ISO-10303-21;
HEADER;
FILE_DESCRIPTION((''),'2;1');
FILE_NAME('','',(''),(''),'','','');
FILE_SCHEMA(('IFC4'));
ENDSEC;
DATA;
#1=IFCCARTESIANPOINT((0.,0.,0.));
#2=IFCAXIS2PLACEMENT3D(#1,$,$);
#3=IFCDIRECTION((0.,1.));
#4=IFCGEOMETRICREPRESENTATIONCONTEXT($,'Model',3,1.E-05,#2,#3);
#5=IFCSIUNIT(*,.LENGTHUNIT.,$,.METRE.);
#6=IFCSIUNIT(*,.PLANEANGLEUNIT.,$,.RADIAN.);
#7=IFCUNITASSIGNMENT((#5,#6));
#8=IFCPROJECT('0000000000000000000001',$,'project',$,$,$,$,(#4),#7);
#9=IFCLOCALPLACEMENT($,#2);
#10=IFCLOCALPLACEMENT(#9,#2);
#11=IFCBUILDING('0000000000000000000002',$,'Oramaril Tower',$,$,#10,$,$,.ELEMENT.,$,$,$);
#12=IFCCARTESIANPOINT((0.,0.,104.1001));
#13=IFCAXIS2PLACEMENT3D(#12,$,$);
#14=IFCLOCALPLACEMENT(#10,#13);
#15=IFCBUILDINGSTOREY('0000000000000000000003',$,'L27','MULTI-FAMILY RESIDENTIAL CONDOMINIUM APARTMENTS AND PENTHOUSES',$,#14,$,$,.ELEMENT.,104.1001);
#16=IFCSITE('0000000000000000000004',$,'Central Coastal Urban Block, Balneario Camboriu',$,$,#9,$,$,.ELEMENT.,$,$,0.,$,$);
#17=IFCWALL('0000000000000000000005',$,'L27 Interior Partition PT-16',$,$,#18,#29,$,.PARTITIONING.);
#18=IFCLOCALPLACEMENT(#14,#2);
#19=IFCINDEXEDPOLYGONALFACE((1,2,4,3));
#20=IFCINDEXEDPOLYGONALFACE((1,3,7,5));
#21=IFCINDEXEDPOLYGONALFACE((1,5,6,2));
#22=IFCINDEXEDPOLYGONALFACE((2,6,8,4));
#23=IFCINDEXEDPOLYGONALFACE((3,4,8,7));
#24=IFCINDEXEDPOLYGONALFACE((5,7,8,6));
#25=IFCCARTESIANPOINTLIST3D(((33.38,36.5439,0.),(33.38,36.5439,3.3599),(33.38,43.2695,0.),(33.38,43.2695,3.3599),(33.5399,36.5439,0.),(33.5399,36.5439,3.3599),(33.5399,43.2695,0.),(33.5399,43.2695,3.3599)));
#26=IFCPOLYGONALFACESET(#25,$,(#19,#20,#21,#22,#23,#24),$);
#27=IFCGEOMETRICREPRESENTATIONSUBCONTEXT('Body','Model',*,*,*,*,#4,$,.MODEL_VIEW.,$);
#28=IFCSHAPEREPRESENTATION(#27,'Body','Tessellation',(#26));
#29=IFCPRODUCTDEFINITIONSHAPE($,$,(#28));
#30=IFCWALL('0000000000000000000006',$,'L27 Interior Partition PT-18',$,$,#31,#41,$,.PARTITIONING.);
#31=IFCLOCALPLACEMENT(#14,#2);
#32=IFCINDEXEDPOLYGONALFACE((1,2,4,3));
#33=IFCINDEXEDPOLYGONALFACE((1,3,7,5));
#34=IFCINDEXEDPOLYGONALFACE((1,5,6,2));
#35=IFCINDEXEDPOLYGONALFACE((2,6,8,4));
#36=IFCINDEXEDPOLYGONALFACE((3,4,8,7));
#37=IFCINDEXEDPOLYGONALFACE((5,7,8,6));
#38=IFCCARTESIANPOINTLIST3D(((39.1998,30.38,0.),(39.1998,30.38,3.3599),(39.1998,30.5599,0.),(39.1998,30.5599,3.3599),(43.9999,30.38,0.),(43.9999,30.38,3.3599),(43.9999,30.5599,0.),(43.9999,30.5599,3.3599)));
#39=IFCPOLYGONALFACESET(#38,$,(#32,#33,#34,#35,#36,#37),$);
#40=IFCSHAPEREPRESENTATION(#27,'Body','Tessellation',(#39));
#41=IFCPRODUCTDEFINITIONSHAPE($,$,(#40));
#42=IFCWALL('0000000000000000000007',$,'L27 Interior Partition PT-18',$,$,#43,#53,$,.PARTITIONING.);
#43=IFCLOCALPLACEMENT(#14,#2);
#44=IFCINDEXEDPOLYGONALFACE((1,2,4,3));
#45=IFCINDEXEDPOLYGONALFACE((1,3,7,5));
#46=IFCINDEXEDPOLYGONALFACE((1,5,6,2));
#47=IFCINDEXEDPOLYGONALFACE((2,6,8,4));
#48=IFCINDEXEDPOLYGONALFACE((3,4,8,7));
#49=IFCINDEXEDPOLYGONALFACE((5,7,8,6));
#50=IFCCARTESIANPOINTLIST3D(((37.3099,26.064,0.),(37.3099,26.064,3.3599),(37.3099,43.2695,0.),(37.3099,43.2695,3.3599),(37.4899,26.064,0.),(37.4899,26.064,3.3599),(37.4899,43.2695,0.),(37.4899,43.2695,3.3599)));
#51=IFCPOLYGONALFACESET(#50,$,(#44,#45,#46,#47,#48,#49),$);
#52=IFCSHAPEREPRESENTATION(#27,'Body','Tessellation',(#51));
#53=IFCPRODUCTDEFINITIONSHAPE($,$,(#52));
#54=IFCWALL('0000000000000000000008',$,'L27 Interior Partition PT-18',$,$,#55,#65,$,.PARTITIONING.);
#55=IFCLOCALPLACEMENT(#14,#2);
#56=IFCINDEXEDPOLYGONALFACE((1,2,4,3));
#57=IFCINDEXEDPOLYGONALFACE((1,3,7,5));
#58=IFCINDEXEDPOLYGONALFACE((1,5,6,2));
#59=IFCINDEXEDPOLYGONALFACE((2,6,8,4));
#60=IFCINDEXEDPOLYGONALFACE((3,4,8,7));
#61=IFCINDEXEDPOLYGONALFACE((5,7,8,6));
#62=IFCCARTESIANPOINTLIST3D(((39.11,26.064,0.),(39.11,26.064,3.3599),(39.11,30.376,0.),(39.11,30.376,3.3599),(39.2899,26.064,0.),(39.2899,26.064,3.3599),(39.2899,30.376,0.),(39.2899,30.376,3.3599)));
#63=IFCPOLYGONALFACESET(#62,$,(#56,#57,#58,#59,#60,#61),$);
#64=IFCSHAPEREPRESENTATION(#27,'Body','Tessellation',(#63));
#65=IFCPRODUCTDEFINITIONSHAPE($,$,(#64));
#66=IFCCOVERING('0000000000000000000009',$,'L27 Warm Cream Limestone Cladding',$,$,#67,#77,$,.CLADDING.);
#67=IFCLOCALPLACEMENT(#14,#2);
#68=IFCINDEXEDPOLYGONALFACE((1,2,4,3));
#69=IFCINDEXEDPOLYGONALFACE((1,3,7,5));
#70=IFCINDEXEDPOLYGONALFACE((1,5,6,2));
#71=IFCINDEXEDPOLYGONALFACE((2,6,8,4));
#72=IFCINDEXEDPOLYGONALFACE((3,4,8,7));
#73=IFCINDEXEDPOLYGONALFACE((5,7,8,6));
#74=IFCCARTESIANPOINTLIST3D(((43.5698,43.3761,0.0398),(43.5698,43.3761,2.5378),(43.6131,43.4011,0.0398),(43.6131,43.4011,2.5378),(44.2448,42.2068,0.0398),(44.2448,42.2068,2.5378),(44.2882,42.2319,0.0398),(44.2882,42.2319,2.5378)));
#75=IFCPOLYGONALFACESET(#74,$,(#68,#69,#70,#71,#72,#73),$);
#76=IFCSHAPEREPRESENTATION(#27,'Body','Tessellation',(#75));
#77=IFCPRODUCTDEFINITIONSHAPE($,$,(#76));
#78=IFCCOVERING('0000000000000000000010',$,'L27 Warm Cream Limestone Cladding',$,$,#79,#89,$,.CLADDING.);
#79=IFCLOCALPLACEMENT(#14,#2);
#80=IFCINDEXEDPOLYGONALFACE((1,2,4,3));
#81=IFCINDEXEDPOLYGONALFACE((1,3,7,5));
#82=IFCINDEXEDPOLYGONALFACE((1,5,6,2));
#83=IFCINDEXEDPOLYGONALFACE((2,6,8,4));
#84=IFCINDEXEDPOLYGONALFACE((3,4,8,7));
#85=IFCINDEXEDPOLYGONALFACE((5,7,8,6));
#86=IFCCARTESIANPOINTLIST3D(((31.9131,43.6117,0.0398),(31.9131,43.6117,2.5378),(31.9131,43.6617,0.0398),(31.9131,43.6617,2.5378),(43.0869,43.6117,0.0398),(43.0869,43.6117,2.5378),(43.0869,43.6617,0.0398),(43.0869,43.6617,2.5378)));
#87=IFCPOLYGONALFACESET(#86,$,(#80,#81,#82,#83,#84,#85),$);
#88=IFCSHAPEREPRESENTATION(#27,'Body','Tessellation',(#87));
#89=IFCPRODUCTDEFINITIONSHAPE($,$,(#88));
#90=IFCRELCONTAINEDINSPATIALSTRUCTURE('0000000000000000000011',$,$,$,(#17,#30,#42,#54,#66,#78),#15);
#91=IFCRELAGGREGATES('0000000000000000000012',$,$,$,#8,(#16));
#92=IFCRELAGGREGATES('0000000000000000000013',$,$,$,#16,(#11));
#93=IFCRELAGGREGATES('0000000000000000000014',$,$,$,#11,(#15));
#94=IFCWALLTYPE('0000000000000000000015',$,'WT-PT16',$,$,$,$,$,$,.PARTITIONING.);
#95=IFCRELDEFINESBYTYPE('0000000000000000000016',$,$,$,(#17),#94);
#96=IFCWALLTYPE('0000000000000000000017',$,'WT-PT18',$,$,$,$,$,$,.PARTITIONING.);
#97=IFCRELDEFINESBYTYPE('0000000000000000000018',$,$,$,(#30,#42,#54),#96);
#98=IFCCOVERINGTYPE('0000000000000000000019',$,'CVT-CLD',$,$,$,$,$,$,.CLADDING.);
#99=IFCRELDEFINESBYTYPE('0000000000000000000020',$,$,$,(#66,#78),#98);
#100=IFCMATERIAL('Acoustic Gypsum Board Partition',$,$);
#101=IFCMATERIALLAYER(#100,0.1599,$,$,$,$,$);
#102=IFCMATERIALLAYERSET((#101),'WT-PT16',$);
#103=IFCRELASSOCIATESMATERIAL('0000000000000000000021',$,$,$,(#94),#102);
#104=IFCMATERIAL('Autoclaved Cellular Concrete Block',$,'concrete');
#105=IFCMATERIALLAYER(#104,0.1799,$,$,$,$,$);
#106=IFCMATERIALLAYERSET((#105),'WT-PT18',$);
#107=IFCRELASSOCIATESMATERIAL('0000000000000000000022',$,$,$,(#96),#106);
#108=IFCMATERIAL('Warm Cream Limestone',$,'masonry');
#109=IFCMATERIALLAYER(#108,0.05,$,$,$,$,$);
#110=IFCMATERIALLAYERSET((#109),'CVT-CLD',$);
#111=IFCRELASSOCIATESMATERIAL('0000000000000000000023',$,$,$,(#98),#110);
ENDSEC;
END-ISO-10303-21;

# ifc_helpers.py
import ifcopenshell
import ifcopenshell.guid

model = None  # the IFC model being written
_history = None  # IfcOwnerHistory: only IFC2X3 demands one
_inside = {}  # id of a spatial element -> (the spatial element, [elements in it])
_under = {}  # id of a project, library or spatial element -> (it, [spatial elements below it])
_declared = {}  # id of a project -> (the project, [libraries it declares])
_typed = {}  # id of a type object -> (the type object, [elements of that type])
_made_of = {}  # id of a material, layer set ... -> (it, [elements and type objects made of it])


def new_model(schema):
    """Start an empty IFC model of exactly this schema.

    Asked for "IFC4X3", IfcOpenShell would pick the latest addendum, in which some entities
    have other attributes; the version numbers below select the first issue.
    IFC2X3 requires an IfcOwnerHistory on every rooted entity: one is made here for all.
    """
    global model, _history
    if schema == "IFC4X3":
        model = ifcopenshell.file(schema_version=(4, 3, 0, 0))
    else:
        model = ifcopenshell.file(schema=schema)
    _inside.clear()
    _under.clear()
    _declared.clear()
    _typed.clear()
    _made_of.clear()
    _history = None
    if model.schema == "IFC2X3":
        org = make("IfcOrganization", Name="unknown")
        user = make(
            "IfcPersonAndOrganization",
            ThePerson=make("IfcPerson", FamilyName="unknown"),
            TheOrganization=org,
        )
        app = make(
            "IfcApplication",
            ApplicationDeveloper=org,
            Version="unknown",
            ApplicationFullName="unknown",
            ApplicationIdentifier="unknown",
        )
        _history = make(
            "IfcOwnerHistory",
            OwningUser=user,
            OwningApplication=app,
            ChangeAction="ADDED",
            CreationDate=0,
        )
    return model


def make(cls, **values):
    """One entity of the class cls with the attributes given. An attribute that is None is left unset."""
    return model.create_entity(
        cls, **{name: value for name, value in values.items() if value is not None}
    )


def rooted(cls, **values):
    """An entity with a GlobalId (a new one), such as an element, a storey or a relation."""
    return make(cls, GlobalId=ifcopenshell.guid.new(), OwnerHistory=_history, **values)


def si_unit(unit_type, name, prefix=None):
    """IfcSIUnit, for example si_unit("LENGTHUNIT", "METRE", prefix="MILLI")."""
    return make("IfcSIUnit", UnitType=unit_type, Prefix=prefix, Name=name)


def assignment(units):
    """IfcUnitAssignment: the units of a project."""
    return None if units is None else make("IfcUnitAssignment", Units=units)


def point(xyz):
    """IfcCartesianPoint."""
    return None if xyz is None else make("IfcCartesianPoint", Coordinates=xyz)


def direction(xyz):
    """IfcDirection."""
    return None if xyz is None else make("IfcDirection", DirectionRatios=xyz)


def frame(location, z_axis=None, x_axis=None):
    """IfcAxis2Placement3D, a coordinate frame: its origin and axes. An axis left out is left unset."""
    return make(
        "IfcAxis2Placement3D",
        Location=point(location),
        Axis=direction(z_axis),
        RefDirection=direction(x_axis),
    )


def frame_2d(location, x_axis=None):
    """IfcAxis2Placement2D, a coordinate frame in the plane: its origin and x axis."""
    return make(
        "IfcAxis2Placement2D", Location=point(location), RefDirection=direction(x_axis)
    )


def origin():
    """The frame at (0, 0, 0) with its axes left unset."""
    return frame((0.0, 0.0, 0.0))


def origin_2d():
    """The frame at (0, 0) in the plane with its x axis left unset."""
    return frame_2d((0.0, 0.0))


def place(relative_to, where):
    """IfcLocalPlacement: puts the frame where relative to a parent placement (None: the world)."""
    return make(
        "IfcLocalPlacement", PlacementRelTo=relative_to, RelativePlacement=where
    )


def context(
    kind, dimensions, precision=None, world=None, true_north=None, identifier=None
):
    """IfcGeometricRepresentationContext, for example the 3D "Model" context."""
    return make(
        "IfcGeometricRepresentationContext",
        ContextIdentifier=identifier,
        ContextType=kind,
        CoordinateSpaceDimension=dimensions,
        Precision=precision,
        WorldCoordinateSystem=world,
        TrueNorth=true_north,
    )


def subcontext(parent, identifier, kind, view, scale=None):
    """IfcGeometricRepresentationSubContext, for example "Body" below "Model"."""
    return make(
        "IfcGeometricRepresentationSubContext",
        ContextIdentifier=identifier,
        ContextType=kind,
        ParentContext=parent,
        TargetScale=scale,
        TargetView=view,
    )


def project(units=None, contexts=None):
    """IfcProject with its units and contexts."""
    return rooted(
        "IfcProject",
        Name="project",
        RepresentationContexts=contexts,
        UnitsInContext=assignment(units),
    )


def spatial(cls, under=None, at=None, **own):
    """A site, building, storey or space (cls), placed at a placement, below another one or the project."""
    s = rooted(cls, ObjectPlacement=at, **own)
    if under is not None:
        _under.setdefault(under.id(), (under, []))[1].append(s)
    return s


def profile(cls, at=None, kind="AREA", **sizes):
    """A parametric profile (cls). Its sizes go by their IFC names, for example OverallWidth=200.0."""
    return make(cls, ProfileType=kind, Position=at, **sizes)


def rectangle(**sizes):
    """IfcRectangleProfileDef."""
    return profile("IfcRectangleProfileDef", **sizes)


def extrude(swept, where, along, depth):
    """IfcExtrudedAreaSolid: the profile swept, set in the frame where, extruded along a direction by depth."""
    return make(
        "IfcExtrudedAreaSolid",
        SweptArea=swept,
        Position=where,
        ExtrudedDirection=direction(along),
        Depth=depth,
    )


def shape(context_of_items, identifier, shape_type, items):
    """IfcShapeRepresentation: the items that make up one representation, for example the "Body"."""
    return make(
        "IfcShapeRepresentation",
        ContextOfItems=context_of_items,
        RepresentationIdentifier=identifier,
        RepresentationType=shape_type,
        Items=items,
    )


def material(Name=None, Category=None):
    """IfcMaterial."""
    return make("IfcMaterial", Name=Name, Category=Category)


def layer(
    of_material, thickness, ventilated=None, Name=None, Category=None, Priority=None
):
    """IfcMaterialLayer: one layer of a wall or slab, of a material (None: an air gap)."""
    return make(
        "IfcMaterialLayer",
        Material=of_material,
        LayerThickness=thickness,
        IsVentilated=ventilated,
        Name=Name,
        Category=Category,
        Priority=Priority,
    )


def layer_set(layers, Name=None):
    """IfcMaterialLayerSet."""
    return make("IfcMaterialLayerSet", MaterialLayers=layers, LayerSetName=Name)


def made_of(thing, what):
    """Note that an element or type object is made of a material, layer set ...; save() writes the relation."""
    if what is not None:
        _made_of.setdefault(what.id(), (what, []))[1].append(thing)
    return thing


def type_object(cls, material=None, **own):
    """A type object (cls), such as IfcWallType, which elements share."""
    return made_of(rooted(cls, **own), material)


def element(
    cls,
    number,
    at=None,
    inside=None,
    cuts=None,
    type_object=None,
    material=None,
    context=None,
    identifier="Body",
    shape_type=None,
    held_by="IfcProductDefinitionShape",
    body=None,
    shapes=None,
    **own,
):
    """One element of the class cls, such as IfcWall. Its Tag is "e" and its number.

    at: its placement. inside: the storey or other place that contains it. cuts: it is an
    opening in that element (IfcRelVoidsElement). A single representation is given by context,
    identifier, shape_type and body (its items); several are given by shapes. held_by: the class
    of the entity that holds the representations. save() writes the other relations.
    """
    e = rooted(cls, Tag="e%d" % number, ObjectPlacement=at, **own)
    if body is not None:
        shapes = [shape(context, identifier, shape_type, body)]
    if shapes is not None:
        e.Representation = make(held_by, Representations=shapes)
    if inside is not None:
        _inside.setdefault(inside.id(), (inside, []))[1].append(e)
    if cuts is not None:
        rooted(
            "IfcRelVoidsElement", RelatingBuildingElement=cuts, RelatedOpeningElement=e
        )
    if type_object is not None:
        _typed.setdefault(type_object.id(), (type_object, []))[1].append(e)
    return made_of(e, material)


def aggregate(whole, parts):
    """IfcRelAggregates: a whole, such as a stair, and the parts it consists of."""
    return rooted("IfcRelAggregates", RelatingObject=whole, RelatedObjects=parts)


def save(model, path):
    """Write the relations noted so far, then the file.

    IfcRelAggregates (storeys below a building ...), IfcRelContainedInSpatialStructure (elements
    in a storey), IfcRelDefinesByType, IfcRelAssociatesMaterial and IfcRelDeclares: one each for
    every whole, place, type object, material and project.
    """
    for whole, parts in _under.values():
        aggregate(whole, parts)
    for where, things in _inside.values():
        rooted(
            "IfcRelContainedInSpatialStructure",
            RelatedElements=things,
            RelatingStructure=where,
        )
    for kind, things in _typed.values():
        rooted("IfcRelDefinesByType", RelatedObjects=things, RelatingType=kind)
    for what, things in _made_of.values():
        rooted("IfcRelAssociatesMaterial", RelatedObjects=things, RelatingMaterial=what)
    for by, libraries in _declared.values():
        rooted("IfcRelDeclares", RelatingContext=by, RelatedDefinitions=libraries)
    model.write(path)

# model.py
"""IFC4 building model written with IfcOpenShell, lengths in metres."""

from ifc_helpers import new_model, si_unit, direction, frame, frame_2d, origin, origin_2d, place, context, subcontext, project, spatial, rectangle, extrude, material, layer, layer_set, type_object, element, save


model = new_model("IFC4")

# Units and contexts
model_context = context("Model", 3, precision=1e-05, world=origin(), true_north=direction((0.0, 1.0)))
body_context = subcontext(model_context, "Body", "Model", "MODEL_VIEW")
ifc_project = project(units=[si_unit("LENGTHUNIT", "METRE"), si_unit("PLANEANGLEUNIT", "RADIAN")], contexts=[model_context])

# Site, building, storey
site_placement = place(None, origin())
site = spatial("IfcSite", under=ifc_project, at=site_placement, Name="Central Coastal Urban Block, Balneario Camboriu", CompositionType="ELEMENT", RefElevation=0.0)
building_placement = place(site_placement, origin())
building = spatial("IfcBuilding", under=site, at=building_placement, Name="Oramaril Tower", CompositionType="ELEMENT")
storey_placement = place(building_placement, frame((0.0, 0.0, 104.1001)))
storey = spatial("IfcBuildingStorey", under=building, at=storey_placement, Name="L27", Description="MULTI-FAMILY RESIDENTIAL CONDOMINIUM APARTMENTS AND PENTHOUSES", CompositionType="ELEMENT", Elevation=104.1001)

# Wall
ifc_material_1 = material(Name="Acoustic Gypsum Board Partition")
ifc_layer_1 = layer(ifc_material_1, 0.1599)
ifc_layer_set_1 = layer_set([ifc_layer_1], Name="WT-PT16")
wall_type_1 = type_object("IfcWallType", Name="WT-PT16", PredefinedType="PARTITIONING", material=ifc_layer_set_1)
wall_1_placement = place(storey_placement, frame((33.46, 36.5439, 0.0), z_axis=(0.0, 0.0, 1.0), x_axis=(0.0, 1.0, 0.0)))
element("IfcWall", 1, at=wall_1_placement, inside=storey, type_object=wall_type_1, Name="L27 Interior Partition PT-16", PredefinedType="PARTITIONING", context=body_context, shape_type="SweptSolid", body=[
    extrude(rectangle(XDim=6.7256, YDim=0.1599, at=frame_2d((3.3628, 0.0))), origin(), (0.0, 0.0, 1.0), 3.3599),
])

# Walls
ifc_material_2 = material(Name="Autoclaved Cellular Concrete Block", Category="concrete")
ifc_layer_2 = layer(ifc_material_2, 0.1799)
ifc_layer_set_2 = layer_set([ifc_layer_2], Name="WT-PT18")
wall_type_2 = type_object("IfcWallType", Name="WT-PT18", PredefinedType="PARTITIONING", material=ifc_layer_set_2)
wall_2_placement = place(storey_placement, frame((39.2, 30.47, 0.0), z_axis=(0.0, 0.0, 1.0), x_axis=(1.0, 0.0, 0.0)))
element("IfcWall", 2, at=wall_2_placement, inside=storey, type_object=wall_type_2, Name="L27 Interior Partition PT-18", PredefinedType="PARTITIONING", context=body_context, shape_type="SweptSolid", body=[
    extrude(rectangle(XDim=4.8, YDim=0.1799, at=frame_2d((2.3999, 0.0))), origin(), (0.0, 0.0, 1.0), 3.3599),
])
wall_3_placement = place(storey_placement, frame((37.3999, 26.064, 0.0), z_axis=(0.0, 0.0, 1.0), x_axis=(0.0, 1.0, 0.0)))
element("IfcWall", 3, at=wall_3_placement, inside=storey, type_object=wall_type_2, Name="L27 Interior Partition PT-18", PredefinedType="PARTITIONING", context=body_context, shape_type="SweptSolid", body=[
    extrude(rectangle(XDim=17.2056, YDim=0.1799, at=frame_2d((8.6028, 0.0))), origin(), (0.0, 0.0, 1.0), 3.3599),
])
wall_4_placement = place(storey_placement, frame((39.2, 26.064, 0.0), z_axis=(0.0, 0.0, 1.0), x_axis=(0.0, 1.0, 0.0)))
element("IfcWall", 4, at=wall_4_placement, inside=storey, type_object=wall_type_2, Name="L27 Interior Partition PT-18", PredefinedType="PARTITIONING", context=body_context, shape_type="SweptSolid", body=[
    extrude(rectangle(XDim=4.312, YDim=0.1799, at=frame_2d((2.156, 0.0))), origin(), (0.0, 0.0, 1.0), 3.3599),
])

# Coverings
ifc_material_3 = material(Name="Warm Cream Limestone", Category="masonry")
ifc_layer_3 = layer(ifc_material_3, 0.05)
ifc_layer_set_3 = layer_set([ifc_layer_3], Name="CVT-CLD")
covering_type = type_object("IfcCoveringType", Name="CVT-CLD", PredefinedType="CLADDING", material=ifc_layer_set_3)
covering_1_placement = place(storey_placement, frame((43.929, 42.804, 0.0398), z_axis=(0.0, 0.0, 1.0), x_axis=(-0.5, 0.866025, 0.0)))
element("IfcCovering", 5, at=covering_1_placement, inside=storey, type_object=covering_type, Name="L27 Warm Cream Limestone Cladding", PredefinedType="CLADDING", context=body_context, shape_type="SweptSolid", body=[
    extrude(rectangle(XDim=1.3501, YDim=0.05, at=origin_2d()), origin(), (0.0, 0.0, 1.0), 2.498),
])
covering_2_placement = place(storey_placement, frame((37.5, 43.6367, 0.0398), z_axis=(0.0, 0.0, 1.0), x_axis=(-1.0, 0.0, 0.0)))
element("IfcCovering", 6, at=covering_2_placement, inside=storey, type_object=covering_type, Name="L27 Warm Cream Limestone Cladding", PredefinedType="CLADDING", context=body_context, shape_type="SweptSolid", body=[
    extrude(rectangle(XDim=11.1738, YDim=0.05, at=origin_2d()), origin(), (0.0, 0.0, 1.0), 2.498),
])

save(model, "model.ifc")
